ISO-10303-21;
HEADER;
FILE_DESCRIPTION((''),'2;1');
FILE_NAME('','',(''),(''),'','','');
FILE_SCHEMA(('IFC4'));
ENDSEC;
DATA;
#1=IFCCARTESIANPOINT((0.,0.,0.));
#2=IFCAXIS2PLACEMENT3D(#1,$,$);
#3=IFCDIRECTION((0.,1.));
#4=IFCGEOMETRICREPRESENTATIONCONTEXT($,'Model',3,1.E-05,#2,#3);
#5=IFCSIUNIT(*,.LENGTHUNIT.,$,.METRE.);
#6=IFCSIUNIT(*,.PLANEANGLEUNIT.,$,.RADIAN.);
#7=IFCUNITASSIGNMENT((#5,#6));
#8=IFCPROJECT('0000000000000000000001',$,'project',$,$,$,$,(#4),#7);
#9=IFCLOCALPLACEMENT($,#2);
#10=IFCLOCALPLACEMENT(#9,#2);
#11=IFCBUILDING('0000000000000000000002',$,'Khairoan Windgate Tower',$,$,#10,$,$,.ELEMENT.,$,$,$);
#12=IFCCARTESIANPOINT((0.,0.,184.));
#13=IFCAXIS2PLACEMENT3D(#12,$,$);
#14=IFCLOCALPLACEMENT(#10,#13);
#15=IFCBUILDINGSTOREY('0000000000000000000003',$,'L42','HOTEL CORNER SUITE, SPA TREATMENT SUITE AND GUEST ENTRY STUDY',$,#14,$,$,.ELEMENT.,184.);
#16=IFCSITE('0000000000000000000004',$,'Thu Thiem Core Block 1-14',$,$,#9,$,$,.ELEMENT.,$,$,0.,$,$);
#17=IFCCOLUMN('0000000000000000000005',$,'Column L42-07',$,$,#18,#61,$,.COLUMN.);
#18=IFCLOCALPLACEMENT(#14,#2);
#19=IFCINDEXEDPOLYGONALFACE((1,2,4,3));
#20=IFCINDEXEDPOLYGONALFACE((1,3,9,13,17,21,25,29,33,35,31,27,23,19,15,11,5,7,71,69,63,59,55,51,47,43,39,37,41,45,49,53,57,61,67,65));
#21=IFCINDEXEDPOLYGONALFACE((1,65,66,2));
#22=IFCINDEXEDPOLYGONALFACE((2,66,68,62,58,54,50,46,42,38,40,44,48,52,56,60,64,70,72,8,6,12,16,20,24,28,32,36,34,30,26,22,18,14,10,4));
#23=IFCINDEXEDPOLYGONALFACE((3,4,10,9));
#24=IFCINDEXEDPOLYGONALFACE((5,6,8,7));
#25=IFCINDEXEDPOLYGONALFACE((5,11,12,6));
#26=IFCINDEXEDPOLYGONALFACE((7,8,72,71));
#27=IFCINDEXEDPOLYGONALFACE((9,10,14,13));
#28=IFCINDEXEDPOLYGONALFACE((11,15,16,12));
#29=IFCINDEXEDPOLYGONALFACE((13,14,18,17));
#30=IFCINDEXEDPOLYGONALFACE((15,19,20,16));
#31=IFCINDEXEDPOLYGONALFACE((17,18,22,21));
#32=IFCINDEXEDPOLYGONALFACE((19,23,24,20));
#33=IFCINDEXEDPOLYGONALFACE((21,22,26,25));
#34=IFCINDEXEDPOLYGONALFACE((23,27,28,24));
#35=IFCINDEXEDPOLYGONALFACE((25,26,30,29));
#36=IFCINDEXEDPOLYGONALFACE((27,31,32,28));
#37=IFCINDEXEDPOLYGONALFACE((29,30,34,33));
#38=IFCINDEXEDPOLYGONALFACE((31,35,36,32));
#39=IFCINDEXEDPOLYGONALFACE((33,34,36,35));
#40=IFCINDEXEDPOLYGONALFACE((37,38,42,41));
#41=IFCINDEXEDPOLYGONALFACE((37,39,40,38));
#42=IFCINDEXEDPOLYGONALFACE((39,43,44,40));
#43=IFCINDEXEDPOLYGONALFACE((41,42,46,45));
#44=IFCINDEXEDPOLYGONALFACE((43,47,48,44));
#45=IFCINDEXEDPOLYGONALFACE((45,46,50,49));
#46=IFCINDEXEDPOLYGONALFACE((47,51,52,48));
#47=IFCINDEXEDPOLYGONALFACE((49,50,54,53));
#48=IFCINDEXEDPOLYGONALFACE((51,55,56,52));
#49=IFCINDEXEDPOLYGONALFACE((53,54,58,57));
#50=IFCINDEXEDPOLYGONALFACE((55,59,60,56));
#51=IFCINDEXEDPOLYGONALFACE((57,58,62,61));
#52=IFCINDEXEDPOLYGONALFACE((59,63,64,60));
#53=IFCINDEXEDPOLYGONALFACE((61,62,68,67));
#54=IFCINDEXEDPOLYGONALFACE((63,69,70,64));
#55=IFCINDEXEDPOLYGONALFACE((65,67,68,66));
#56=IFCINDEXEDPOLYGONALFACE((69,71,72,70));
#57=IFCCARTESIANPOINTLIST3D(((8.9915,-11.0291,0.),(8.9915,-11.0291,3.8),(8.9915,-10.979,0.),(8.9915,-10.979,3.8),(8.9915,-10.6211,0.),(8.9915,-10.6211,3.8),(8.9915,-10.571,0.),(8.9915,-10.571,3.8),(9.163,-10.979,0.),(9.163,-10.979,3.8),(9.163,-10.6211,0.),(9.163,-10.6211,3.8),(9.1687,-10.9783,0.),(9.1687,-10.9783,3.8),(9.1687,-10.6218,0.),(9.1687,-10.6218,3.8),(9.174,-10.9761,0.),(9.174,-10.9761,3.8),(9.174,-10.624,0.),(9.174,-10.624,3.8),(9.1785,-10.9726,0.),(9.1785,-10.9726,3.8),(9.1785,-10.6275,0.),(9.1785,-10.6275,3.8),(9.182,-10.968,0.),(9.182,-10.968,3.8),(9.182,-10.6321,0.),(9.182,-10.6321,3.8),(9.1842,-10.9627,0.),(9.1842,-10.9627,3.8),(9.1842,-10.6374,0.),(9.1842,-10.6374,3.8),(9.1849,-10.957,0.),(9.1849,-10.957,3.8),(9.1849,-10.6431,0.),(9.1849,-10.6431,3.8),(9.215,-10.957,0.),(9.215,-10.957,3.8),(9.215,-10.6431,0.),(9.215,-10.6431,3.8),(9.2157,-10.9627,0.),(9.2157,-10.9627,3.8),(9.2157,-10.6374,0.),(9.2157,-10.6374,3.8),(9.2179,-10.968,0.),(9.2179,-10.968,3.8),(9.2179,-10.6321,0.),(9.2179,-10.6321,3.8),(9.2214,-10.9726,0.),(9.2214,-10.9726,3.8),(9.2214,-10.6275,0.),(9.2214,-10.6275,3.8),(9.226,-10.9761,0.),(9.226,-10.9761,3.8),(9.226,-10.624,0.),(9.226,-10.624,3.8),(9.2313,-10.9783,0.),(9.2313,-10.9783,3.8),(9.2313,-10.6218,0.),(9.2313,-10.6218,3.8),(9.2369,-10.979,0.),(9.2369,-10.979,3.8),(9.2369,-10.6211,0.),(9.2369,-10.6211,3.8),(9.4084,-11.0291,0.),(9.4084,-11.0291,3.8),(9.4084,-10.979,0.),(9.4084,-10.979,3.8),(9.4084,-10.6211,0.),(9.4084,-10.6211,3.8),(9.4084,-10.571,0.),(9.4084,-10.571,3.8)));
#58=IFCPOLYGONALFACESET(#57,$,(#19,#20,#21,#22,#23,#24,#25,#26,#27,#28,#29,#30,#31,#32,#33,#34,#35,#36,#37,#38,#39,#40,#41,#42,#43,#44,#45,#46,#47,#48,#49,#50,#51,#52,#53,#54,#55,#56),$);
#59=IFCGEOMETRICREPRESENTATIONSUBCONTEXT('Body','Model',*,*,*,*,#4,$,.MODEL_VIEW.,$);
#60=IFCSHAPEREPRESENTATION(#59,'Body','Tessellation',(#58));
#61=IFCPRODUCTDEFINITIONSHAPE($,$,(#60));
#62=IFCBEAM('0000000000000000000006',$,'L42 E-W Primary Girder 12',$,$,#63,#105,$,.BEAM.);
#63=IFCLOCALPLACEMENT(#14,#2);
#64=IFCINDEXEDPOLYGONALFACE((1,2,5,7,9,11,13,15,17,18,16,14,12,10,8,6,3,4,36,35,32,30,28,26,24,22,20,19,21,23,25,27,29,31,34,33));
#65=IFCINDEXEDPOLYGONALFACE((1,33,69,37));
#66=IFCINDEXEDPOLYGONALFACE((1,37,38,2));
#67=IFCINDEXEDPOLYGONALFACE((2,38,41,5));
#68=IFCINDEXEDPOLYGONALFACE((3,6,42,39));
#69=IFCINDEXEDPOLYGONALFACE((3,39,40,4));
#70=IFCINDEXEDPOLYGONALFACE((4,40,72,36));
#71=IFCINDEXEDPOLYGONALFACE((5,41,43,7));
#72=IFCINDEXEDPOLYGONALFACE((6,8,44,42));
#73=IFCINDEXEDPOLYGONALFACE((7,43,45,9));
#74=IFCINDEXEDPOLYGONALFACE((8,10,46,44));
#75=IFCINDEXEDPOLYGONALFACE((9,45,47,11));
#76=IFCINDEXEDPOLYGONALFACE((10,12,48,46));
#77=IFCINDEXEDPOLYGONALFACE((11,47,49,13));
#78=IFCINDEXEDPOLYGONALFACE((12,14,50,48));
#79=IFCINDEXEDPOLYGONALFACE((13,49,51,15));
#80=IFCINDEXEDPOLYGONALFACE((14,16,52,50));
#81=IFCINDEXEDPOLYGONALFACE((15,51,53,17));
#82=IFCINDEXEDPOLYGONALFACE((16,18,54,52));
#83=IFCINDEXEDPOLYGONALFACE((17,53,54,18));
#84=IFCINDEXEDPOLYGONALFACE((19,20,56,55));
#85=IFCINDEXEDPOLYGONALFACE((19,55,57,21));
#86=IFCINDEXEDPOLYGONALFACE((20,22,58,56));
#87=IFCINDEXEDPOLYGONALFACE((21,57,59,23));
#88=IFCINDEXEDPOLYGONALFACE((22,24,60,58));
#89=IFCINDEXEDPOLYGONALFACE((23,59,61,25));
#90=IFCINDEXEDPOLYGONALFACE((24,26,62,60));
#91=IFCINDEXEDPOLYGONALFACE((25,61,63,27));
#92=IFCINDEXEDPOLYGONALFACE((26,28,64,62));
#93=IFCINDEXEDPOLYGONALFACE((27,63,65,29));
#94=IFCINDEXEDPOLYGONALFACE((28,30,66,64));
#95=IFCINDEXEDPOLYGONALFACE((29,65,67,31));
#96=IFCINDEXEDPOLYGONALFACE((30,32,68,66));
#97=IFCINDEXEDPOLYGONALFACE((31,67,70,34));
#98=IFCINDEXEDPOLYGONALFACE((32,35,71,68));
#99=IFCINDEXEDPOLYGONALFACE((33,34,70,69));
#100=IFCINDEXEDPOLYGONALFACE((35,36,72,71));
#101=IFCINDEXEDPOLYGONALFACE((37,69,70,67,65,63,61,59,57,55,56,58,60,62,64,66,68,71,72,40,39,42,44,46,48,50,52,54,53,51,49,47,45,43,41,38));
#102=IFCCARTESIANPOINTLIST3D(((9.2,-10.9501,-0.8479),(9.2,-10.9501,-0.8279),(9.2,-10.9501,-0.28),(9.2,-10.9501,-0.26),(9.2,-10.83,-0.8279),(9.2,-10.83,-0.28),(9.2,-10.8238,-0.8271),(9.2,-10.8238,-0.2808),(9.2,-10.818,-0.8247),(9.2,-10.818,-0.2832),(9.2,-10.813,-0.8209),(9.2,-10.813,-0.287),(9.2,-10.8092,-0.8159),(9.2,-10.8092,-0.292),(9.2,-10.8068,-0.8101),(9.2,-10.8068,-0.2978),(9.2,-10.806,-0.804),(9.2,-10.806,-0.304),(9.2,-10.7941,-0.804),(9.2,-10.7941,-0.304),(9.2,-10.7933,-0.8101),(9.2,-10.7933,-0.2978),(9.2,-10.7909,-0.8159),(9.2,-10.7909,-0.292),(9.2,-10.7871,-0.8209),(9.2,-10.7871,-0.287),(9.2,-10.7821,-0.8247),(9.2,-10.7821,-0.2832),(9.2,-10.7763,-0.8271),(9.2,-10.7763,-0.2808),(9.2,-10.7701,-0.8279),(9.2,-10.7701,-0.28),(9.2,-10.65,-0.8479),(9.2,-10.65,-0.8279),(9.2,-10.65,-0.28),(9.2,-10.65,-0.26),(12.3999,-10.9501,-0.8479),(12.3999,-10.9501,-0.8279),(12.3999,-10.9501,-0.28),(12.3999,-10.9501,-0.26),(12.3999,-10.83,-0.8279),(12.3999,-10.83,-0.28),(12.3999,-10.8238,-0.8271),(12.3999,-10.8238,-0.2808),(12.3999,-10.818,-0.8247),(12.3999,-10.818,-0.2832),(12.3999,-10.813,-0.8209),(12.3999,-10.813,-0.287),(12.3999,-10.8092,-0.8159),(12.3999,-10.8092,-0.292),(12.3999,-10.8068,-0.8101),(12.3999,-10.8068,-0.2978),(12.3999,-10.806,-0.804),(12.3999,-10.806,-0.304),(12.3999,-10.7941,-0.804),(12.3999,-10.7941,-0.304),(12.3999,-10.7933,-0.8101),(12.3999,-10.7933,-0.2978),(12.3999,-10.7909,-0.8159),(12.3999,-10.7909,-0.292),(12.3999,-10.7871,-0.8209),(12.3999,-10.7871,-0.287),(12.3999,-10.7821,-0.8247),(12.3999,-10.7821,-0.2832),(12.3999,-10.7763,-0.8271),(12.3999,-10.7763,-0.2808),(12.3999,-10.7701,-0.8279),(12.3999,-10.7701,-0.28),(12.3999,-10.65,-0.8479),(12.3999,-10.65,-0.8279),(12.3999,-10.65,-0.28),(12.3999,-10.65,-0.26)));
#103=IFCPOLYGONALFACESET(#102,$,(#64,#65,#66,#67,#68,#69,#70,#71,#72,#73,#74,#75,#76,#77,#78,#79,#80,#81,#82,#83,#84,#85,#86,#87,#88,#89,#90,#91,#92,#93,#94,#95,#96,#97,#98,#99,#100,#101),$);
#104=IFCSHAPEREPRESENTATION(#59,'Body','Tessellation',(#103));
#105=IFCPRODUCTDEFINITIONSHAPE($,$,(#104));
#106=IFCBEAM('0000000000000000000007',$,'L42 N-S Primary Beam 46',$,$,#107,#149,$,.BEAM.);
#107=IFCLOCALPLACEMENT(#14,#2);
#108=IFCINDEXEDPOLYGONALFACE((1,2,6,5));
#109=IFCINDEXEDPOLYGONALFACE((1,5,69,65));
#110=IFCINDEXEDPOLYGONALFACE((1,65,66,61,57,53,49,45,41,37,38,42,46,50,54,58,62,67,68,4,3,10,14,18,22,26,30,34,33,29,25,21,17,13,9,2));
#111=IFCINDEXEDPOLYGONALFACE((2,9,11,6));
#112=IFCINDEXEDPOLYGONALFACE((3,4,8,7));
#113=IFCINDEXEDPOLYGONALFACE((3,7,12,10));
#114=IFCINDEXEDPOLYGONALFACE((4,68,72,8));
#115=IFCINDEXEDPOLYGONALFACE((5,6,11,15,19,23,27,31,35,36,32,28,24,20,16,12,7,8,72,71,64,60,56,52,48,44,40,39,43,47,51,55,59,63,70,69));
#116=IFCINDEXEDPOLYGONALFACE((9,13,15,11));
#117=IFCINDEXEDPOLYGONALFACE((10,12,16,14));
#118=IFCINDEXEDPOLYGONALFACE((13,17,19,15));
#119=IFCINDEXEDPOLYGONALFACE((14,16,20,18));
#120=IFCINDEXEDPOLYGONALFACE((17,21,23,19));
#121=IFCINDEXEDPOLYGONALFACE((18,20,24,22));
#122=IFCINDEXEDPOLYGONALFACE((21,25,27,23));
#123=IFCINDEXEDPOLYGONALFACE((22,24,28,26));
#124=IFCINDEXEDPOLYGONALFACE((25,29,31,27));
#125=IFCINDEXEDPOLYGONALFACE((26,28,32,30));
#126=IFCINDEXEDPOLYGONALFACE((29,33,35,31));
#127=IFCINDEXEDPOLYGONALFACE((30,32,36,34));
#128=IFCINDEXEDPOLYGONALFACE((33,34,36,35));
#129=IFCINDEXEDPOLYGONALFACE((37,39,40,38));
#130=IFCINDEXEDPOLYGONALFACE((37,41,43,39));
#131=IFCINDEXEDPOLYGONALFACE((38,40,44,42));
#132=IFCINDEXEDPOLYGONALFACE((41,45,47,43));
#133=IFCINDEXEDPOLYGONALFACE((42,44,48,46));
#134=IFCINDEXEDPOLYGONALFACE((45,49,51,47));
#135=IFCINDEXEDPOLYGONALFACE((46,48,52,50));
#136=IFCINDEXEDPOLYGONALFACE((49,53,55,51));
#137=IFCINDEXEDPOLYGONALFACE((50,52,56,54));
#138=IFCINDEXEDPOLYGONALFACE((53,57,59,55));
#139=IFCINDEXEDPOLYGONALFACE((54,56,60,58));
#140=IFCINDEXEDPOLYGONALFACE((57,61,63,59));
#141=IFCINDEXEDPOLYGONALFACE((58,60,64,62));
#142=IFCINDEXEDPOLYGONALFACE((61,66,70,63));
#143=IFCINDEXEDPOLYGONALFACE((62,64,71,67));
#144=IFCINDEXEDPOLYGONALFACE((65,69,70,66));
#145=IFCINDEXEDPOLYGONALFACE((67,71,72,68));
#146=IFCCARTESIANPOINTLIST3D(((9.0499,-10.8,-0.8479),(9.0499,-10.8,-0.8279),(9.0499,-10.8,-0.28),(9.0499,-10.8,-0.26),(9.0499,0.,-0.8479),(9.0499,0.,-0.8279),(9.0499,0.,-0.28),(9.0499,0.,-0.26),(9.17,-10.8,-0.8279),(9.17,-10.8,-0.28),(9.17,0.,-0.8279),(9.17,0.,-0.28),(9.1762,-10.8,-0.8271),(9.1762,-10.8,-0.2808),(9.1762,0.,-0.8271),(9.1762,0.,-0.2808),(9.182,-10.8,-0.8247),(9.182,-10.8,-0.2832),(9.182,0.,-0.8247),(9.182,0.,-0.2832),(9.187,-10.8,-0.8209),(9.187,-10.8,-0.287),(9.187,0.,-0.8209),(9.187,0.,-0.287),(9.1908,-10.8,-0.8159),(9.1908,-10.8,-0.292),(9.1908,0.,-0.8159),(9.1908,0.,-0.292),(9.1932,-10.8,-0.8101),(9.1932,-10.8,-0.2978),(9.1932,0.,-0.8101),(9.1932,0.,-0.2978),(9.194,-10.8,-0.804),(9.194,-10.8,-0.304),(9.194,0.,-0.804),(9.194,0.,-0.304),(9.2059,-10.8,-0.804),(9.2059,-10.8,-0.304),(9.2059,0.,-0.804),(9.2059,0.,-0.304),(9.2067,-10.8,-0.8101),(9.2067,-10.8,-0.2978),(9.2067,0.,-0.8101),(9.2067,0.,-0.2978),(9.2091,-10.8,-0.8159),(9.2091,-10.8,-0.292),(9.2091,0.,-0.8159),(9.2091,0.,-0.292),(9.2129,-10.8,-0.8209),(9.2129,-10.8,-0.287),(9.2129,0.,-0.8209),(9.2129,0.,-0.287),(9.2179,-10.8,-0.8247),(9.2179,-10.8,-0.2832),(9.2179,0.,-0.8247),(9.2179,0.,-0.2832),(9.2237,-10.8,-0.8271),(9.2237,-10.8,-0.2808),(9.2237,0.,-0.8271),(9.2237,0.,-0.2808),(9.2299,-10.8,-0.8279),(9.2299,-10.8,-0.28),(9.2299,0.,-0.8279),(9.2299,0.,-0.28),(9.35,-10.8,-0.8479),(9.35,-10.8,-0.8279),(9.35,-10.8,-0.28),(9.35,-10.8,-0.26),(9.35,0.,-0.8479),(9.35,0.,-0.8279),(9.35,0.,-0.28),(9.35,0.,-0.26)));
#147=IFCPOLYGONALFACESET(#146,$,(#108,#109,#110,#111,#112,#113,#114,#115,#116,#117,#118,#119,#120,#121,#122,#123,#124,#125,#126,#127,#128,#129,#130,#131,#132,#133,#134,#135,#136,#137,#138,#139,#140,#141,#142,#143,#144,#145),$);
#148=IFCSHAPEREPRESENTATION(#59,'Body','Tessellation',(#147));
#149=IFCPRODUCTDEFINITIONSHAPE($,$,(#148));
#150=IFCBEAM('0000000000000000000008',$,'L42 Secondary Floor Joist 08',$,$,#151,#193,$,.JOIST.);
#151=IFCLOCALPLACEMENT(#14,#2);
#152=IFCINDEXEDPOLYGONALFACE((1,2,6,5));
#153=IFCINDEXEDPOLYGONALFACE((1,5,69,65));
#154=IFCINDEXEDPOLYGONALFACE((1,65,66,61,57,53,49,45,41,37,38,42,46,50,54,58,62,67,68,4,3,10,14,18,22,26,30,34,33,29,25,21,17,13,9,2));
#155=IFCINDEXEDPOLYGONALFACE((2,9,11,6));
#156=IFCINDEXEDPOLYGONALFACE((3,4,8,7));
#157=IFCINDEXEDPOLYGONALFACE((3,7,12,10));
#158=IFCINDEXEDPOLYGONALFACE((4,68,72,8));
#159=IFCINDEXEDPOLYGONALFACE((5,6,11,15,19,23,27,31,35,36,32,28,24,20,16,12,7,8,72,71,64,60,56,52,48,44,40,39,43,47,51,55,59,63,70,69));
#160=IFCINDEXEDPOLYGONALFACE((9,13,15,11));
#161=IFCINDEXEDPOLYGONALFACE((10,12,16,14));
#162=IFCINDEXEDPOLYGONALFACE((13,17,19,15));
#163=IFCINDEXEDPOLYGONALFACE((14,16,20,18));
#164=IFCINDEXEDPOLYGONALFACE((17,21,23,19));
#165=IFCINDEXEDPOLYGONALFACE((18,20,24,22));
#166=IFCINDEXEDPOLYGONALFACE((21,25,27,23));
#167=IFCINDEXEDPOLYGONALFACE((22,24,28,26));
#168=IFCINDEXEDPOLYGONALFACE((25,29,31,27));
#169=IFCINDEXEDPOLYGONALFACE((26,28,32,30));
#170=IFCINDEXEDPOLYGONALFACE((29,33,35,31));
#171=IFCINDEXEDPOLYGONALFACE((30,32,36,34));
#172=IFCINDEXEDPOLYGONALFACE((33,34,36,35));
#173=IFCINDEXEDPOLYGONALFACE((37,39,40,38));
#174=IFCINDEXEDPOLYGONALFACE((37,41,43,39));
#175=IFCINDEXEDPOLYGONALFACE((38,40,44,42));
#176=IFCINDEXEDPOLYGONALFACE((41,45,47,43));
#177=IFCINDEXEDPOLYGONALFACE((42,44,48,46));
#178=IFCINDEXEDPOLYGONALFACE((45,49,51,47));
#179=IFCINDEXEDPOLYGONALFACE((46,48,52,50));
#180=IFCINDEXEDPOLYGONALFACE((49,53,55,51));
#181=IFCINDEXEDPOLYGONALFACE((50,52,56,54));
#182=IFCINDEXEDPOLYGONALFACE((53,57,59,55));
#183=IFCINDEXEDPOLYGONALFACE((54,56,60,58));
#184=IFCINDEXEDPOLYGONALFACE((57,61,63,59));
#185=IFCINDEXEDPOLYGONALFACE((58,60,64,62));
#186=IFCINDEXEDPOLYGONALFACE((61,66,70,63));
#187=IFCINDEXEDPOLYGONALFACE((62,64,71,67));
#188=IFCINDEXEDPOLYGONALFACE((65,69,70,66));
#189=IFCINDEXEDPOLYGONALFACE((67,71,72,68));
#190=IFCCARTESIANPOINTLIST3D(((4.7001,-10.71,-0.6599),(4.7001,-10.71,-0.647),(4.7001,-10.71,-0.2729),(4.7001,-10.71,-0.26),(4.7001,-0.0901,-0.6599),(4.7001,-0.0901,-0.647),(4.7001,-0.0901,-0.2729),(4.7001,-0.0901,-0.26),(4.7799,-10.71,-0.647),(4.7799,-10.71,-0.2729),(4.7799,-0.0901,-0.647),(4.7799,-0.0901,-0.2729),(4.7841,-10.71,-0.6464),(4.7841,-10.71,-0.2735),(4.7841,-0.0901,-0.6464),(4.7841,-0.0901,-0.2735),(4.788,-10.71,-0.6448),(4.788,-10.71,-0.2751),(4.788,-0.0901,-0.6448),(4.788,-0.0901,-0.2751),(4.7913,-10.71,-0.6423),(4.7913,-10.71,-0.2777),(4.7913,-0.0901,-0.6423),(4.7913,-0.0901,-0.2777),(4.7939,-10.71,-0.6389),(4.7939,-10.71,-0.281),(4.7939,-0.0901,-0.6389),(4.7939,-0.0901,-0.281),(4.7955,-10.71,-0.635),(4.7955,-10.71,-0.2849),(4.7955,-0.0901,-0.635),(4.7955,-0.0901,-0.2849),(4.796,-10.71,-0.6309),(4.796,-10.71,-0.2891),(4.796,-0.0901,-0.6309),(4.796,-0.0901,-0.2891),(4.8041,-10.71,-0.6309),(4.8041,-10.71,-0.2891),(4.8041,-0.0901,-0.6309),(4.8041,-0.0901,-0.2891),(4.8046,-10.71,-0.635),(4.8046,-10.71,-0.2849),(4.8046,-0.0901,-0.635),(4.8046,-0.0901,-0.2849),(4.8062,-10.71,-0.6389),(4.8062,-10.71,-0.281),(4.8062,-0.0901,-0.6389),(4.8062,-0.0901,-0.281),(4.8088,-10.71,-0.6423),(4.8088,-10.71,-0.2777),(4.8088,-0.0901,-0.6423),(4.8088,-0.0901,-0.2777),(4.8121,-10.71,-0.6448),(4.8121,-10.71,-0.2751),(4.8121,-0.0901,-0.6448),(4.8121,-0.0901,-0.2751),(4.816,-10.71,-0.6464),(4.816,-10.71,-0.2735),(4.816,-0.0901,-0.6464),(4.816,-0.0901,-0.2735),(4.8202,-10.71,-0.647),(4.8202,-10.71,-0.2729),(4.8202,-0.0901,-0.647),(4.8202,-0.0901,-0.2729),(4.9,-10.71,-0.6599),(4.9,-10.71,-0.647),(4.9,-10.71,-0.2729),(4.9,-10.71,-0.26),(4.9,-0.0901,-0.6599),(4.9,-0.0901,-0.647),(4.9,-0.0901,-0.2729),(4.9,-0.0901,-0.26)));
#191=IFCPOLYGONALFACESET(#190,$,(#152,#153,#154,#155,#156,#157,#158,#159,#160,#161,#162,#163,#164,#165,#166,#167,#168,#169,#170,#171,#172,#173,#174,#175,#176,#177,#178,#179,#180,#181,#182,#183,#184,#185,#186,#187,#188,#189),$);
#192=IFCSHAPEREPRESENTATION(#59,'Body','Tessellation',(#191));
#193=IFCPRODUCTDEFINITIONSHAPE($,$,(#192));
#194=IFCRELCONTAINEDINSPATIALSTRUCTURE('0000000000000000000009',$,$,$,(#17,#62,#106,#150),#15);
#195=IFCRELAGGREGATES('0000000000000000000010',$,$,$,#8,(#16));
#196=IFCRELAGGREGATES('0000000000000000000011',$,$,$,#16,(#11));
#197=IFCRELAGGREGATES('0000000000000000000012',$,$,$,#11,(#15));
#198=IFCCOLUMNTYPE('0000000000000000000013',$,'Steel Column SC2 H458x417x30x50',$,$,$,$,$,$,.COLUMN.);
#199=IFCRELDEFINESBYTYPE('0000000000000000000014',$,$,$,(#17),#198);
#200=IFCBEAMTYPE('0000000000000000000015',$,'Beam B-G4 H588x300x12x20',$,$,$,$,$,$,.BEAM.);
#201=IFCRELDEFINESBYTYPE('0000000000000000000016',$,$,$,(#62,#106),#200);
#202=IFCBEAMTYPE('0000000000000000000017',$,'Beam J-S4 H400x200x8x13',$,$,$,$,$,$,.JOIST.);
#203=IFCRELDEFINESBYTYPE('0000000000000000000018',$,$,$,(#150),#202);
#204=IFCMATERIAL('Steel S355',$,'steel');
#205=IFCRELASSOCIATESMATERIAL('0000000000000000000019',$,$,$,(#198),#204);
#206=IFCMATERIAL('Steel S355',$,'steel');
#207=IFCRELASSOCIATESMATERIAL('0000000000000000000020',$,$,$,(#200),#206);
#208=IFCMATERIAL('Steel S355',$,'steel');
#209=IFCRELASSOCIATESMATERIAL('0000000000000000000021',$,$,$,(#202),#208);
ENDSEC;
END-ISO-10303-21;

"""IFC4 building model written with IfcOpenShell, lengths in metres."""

from ifc_helpers import new_model, si_unit, direction, frame, origin, origin_2d, place, context, subcontext, project, spatial, i_section, extrude, material, material_profile, profile_set, type_object, element, save


model = new_model("IFC4")

# Units and contexts
model_context = context("Model", 3, precision=1e-05, world=origin(), true_north=direction((0.0, 1.0)))
body_context = subcontext(model_context, "Body", "Model", "MODEL_VIEW")
ifc_project = project(units=[si_unit("LENGTHUNIT", "METRE"), si_unit("PLANEANGLEUNIT", "RADIAN")], contexts=[model_context])

# Site, building, storey
site_placement = place(None, origin())
site = spatial("IfcSite", under=ifc_project, at=site_placement, Name="Thu Thiem Core Block 1-14", CompositionType="ELEMENT", RefElevation=0.0)
building_placement = place(site_placement, origin())
building = spatial("IfcBuilding", under=site, at=building_placement, Name="Khairoan Windgate Tower", CompositionType="ELEMENT")
storey_placement = place(building_placement, frame((0.0, 0.0, 184.0)))
storey = spatial("IfcBuildingStorey", under=building, at=storey_placement, Name="L42", Description="HOTEL CORNER SUITE, SPA TREATMENT SUITE AND GUEST ENTRY STUDY", CompositionType="ELEMENT", Elevation=184.0)

# Column
ifc_material_1 = material(Name="Steel S355", Category="steel")
ifc_material_profile_1 = material_profile(ifc_material_1, i_section(OverallWidth=0.417, OverallDepth=0.458, WebThickness=0.03, FlangeThickness=0.05, FilletRadius=0.022, at=origin_2d()))
ifc_profile_set_1 = profile_set([ifc_material_profile_1], Name="Steel S355")
column_type = type_object("IfcColumnType", Name="Steel Column SC2 H458x417x30x50", PredefinedType="COLUMN", material=ifc_profile_set_1)
column_placement = place(storey_placement, frame((9.2, -10.8, 0.0), z_axis=(0.0, 0.0, 1.0), x_axis=(1.0, 0.0, 0.0)))
element("IfcColumn", 1, at=column_placement, inside=storey, type_object=column_type, Name="Column L42-07", PredefinedType="COLUMN", context=body_context, shape_type="SweptSolid", body=[
    extrude(i_section(OverallWidth=0.417, OverallDepth=0.458, WebThickness=0.03, FlangeThickness=0.05, FilletRadius=0.022, at=origin_2d()), origin(), (0.0, 0.0, 1.0), 3.8),
])

# Beams
ifc_material_2 = material(Name="Steel S355", Category="steel")
ifc_material_profile_2 = material_profile(ifc_material_2, i_section(OverallWidth=0.3, OverallDepth=0.5879, WebThickness=0.012, FlangeThickness=0.02, FilletRadius=0.0239, at=origin_2d()))
ifc_profile_set_2 = profile_set([ifc_material_profile_2], Name="Steel S355")
beam_type_1 = type_object("IfcBeamType", Name="Beam B-G4 H588x300x12x20", PredefinedType="BEAM", material=ifc_profile_set_2)
beam_1_placement = place(storey_placement, frame((9.2, -10.8, -0.554), z_axis=(1.0, 0.0, 0.0), x_axis=(0.0, 1.0, 0.0)))
element("IfcBeam", 2, at=beam_1_placement, inside=storey, type_object=beam_type_1, Name="L42 E-W Primary Girder 12", PredefinedType="BEAM", context=body_context, shape_type="SweptSolid", body=[
    extrude(i_section(OverallWidth=0.3, OverallDepth=0.5879, WebThickness=0.012, FlangeThickness=0.02, FilletRadius=0.0239, at=origin_2d()), origin(), (0.0, 0.0, 1.0), 3.2),
])
beam_2_placement = place(storey_placement, frame((9.2, -10.8, -0.554), z_axis=(0.0, 1.0, 0.0), x_axis=(-1.0, 0.0, 0.0)))
element("IfcBeam", 3, at=beam_2_placement, inside=storey, type_object=beam_type_1, Name="L42 N-S Primary Beam 46", PredefinedType="BEAM", context=body_context, shape_type="SweptSolid", body=[
    extrude(i_section(OverallWidth=0.3, OverallDepth=0.5879, WebThickness=0.012, FlangeThickness=0.02, FilletRadius=0.0239, at=origin_2d()), origin(), (0.0, 0.0, 1.0), 10.8),
])
ifc_material_3 = material(Name="Steel S355", Category="steel")
ifc_material_profile_3 = material_profile(ifc_material_3, i_section(OverallWidth=0.2, OverallDepth=0.3999, WebThickness=0.0081, FlangeThickness=0.0129, FilletRadius=0.0161, at=origin_2d()))
ifc_profile_set_3 = profile_set([ifc_material_profile_3], Name="Steel S355")
beam_type_2 = type_object("IfcBeamType", Name="Beam J-S4 H400x200x8x13", PredefinedType="JOIST", material=ifc_profile_set_3)
beam_3_placement = place(storey_placement, frame((4.8, -10.71, -0.46), z_axis=(0.0, 1.0, 0.0), x_axis=(-1.0, 0.0, 0.0)))
element("IfcBeam", 4, at=beam_3_placement, inside=storey, type_object=beam_type_2, Name="L42 Secondary Floor Joist 08", PredefinedType="JOIST", context=body_context, shape_type="SweptSolid", body=[
    extrude(i_section(OverallWidth=0.2, OverallDepth=0.3999, WebThickness=0.0081, FlangeThickness=0.0129, FilletRadius=0.0161, at=origin_2d()), origin(), (0.0, 0.0, 1.0), 10.6199),
])

save(model, "model.ifc")
